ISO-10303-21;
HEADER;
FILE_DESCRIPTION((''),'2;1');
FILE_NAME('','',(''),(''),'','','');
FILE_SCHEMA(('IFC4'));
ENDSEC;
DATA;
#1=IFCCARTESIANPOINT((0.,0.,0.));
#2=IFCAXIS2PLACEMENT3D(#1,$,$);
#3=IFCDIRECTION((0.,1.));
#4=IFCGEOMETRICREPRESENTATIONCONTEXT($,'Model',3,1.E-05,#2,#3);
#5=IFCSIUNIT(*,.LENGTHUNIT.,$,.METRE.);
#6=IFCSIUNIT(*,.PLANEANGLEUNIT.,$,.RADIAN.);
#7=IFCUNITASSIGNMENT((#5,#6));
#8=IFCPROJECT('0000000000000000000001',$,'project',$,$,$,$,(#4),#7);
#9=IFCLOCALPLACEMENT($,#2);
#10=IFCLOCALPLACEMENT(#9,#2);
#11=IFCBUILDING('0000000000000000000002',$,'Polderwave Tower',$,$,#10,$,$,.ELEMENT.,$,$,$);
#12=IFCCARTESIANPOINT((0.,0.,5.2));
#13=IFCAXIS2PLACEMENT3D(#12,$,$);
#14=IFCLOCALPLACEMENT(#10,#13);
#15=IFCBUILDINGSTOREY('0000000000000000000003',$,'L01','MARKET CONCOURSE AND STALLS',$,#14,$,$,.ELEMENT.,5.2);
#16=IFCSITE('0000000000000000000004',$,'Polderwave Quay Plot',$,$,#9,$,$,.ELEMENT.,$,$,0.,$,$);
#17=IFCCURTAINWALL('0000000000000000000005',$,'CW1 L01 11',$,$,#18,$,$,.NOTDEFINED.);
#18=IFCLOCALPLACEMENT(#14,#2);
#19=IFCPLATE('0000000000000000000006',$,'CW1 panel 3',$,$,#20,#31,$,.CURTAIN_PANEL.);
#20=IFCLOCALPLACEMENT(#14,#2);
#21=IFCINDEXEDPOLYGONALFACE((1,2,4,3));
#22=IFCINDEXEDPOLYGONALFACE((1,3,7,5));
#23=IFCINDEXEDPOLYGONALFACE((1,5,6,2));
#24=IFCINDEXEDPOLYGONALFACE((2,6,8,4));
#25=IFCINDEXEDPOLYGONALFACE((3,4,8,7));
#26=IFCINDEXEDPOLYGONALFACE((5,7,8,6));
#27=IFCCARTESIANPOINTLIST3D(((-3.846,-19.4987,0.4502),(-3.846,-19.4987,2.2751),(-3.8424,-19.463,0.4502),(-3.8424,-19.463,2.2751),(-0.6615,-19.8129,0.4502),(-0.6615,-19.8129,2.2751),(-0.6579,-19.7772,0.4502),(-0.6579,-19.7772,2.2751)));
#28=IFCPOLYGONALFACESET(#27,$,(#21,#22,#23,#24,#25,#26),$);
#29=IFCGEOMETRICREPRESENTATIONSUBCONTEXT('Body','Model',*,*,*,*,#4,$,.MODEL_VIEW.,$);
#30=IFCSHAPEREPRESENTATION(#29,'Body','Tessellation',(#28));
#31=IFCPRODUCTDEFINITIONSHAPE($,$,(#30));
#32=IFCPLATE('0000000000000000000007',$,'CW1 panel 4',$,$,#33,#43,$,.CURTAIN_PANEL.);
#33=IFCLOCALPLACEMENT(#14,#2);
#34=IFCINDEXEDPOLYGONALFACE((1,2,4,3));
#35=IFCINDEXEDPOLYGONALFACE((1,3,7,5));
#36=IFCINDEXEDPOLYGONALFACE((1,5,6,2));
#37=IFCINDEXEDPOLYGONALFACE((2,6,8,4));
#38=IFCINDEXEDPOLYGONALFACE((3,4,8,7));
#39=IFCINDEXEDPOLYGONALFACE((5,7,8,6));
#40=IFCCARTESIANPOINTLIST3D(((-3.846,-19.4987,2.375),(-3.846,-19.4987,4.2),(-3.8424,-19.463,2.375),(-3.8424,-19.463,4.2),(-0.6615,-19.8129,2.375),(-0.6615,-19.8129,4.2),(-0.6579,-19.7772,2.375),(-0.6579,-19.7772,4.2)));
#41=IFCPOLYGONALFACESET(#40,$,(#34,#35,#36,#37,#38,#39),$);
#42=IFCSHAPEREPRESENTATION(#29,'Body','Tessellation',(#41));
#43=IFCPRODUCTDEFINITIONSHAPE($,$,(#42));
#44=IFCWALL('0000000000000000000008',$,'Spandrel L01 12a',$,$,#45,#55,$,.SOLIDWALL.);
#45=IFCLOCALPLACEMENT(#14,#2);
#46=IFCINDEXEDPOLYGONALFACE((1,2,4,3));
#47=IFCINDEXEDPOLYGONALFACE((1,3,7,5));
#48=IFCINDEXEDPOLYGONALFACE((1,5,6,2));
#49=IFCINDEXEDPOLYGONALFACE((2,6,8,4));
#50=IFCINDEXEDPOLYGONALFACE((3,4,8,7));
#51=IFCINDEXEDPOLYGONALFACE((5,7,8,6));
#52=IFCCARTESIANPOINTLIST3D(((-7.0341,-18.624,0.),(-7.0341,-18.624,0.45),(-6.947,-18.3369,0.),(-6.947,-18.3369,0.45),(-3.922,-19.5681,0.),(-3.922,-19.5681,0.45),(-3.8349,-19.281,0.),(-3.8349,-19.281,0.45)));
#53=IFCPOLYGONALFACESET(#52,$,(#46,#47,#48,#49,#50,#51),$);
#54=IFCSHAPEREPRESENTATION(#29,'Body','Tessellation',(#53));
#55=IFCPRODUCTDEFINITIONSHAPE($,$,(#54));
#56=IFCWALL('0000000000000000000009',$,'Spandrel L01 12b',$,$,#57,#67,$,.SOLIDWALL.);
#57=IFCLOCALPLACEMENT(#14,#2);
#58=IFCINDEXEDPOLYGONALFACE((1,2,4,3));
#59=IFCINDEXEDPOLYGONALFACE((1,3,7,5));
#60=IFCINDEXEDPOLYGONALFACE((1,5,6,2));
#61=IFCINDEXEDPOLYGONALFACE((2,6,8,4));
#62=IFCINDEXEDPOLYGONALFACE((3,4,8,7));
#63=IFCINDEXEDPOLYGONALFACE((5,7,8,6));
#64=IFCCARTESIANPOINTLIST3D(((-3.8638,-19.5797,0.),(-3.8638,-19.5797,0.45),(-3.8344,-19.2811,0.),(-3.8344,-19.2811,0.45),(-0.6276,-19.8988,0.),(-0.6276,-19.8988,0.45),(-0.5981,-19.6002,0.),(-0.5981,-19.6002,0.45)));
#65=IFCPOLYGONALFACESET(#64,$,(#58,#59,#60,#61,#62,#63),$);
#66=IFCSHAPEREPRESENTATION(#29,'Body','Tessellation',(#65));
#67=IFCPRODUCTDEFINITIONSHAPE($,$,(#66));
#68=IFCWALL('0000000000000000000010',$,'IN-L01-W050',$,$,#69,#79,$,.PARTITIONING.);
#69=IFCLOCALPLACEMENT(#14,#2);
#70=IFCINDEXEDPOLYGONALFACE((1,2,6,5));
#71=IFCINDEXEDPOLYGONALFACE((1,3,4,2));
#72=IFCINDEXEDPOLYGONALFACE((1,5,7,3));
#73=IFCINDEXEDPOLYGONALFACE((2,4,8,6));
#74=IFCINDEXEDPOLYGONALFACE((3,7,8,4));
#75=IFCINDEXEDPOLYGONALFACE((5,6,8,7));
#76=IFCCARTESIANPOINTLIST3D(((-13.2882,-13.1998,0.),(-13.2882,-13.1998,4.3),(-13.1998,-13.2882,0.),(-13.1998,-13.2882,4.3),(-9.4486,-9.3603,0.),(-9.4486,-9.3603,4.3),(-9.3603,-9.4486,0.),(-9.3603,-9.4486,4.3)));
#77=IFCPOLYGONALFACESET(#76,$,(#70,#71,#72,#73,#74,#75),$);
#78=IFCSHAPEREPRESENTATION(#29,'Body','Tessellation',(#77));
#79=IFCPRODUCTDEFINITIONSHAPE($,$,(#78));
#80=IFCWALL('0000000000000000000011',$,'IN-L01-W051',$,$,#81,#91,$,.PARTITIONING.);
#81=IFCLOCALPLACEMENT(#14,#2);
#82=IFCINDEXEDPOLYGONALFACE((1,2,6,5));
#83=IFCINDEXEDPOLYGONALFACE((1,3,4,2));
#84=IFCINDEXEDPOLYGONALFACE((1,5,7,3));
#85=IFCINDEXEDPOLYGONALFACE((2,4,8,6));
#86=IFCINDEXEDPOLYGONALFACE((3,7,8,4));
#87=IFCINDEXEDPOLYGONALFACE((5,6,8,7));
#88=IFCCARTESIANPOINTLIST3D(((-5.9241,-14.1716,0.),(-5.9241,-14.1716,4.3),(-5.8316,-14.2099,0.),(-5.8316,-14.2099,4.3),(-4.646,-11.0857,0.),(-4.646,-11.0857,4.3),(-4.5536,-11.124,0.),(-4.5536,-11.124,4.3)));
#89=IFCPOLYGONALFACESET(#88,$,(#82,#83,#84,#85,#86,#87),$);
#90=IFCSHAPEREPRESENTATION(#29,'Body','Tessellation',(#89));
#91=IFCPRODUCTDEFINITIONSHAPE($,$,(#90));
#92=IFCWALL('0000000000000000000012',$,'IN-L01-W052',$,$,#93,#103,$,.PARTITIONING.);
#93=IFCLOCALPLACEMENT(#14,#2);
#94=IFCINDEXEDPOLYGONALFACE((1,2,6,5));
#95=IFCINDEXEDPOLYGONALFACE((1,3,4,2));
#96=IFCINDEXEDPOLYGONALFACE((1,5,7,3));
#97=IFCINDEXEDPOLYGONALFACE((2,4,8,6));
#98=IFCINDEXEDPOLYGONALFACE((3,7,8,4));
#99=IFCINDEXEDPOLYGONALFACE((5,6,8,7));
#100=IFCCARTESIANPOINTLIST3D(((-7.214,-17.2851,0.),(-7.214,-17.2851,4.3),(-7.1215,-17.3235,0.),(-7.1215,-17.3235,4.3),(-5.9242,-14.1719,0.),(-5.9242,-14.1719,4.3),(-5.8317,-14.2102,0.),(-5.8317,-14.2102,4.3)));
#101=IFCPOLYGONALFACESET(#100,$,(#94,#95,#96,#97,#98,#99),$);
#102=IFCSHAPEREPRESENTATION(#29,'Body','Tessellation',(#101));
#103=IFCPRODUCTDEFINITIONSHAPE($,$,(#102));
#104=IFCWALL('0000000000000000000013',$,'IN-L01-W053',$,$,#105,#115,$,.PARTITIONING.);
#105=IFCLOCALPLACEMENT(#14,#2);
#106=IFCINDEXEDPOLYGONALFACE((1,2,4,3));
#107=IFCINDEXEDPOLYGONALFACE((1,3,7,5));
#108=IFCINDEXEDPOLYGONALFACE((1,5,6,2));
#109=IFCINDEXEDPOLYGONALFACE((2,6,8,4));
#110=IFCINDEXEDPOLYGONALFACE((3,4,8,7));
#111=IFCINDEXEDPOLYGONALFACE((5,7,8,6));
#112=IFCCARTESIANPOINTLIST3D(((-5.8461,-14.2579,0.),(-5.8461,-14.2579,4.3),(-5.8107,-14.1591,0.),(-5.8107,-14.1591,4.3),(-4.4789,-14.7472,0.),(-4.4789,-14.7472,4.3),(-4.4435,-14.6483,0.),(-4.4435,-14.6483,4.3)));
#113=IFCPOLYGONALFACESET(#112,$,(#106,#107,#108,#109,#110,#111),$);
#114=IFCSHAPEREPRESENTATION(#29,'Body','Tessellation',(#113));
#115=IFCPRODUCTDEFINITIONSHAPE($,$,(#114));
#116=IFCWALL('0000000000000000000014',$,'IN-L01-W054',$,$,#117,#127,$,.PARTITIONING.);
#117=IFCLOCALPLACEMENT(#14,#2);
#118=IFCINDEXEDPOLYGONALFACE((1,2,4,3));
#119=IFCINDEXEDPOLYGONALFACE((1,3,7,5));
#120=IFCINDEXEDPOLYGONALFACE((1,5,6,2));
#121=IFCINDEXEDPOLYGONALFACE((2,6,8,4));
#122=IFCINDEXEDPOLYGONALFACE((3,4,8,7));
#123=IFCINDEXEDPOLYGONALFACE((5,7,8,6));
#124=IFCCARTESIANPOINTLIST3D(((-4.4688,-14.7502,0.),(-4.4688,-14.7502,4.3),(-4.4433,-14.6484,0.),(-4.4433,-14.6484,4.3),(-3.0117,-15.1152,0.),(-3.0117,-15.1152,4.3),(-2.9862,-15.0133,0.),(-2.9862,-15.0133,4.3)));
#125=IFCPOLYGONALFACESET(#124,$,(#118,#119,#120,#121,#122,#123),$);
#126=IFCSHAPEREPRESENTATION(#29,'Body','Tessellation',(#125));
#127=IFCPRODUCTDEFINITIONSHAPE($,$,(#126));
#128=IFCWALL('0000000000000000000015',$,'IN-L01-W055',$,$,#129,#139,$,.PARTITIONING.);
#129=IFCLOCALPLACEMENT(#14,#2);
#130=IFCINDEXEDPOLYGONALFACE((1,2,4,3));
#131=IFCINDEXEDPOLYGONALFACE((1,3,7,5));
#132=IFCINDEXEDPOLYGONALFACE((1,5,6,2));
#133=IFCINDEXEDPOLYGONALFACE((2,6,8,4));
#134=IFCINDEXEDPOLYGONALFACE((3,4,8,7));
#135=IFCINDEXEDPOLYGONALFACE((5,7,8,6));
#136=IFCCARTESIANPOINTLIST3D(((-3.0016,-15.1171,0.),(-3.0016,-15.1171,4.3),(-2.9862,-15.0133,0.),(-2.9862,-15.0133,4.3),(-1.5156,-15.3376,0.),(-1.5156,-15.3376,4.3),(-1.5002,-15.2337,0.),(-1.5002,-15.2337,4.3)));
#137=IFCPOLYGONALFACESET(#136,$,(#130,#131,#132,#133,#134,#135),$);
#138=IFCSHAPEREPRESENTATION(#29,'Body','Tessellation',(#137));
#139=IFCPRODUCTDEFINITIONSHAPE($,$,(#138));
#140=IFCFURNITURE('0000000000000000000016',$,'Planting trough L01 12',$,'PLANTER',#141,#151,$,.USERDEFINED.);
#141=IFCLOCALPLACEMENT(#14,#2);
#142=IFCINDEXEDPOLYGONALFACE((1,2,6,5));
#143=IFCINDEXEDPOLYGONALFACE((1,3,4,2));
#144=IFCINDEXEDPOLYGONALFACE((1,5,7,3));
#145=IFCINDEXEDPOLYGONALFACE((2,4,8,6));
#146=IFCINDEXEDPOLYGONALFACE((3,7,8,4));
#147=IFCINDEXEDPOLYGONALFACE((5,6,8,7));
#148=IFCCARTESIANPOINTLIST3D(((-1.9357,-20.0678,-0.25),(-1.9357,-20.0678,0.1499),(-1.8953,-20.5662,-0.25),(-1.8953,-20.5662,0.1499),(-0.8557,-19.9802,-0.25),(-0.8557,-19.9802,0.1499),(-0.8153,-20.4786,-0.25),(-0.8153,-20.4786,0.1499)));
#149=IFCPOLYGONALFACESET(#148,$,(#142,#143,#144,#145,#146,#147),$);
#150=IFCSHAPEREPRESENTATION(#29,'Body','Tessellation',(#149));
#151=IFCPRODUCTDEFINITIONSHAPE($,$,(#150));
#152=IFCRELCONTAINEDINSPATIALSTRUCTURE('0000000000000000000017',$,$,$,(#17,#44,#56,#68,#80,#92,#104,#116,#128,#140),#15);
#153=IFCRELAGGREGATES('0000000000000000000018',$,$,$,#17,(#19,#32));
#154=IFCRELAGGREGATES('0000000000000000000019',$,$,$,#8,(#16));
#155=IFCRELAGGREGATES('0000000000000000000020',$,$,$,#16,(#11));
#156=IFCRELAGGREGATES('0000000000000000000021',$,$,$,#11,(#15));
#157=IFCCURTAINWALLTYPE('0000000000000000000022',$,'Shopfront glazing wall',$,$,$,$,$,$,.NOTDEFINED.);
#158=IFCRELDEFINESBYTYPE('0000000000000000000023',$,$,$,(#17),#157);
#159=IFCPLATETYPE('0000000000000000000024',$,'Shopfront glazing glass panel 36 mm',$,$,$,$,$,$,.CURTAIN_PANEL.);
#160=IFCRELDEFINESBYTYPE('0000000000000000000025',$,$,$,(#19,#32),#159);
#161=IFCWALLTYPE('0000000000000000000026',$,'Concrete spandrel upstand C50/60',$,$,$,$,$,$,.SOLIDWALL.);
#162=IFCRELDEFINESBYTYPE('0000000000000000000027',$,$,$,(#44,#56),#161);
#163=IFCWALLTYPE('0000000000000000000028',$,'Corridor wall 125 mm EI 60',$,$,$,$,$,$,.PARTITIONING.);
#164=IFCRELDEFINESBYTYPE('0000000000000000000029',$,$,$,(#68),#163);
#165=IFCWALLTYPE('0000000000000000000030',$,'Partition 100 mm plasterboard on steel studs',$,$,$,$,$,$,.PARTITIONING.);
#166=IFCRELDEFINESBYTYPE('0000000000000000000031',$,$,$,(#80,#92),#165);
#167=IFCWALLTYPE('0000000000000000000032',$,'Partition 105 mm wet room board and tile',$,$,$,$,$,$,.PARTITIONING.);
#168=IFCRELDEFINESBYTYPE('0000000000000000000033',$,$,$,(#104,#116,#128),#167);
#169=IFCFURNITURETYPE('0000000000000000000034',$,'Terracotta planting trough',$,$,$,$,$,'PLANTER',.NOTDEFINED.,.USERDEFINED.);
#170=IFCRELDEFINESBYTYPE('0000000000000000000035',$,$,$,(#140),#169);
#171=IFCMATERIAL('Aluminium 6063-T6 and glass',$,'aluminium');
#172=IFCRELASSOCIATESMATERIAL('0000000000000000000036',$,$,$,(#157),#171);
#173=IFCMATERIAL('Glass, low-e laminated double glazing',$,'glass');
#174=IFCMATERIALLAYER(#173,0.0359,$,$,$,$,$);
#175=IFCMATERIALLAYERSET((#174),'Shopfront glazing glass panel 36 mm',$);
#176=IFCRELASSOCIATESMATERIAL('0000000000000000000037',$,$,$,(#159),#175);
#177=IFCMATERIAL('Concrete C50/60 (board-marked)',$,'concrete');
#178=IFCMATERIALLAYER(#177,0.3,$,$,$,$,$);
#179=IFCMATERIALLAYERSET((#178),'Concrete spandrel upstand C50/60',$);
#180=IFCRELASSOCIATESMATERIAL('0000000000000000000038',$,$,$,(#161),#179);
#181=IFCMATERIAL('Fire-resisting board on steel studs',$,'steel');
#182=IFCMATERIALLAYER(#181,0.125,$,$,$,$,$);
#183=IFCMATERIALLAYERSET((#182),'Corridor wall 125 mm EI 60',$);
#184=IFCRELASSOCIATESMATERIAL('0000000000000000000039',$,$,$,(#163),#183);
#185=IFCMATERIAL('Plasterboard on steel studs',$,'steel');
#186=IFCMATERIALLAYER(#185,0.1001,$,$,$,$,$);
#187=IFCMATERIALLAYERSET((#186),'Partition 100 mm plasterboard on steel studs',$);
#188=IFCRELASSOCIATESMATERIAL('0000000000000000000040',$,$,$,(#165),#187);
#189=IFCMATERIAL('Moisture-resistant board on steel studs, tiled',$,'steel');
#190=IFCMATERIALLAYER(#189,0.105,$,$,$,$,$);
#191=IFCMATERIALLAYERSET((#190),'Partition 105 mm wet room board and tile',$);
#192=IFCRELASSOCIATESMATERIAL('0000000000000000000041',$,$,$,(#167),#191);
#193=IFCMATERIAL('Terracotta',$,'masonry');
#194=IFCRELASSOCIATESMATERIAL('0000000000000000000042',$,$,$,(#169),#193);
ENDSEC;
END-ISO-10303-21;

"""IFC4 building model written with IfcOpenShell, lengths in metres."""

from ifc_helpers import new_model, si_unit, direction, frame, frame_2d, origin, origin_2d, place, context, subcontext, project, spatial, rectangle, extrude, material, layer, layer_set, type_object, element, aggregate, save


model = new_model("IFC4")

# Units and contexts
model_context = context("Model", 3, precision=1e-05, world=origin(), true_north=direction((0.0, 1.0)))
body_context = subcontext(model_context, "Body", "Model", "MODEL_VIEW")
ifc_project = project(units=[si_unit("LENGTHUNIT", "METRE"), si_unit("PLANEANGLEUNIT", "RADIAN")], contexts=[model_context])

# Site, building, storey
site_placement = place(None, origin())
site = spatial("IfcSite", under=ifc_project, at=site_placement, Name="Polderwave Quay Plot", CompositionType="ELEMENT", RefElevation=0.0)
building_placement = place(site_placement, origin())
building = spatial("IfcBuilding", under=site, at=building_placement, Name="Polderwave Tower", CompositionType="ELEMENT")
storey_placement = place(building_placement, frame((0.0, 0.0, 5.2)))
storey = spatial("IfcBuildingStorey", under=building, at=storey_placement, Name="L01", Description="MARKET CONCOURSE AND STALLS", CompositionType="ELEMENT", Elevation=5.2)

# Shared definitions
ifc_material_1 = material(Name="Aluminium 6063-T6 and glass", Category="aluminium")
curtain_wall_type = type_object("IfcCurtainWallType", Name="Shopfront glazing wall", PredefinedType="NOTDEFINED", material=ifc_material_1)

# Curtain wall, plates
curtain_wall_1_placement = place(storey_placement, origin())
curtain_wall_1 = element("IfcCurtainWall", 1, at=curtain_wall_1_placement, inside=storey, type_object=curtain_wall_type, Name="CW1 L01 11", PredefinedType="NOTDEFINED")
ifc_material_2 = material(Name="Glass, low-e laminated double glazing", Category="glass")
ifc_layer_1 = layer(ifc_material_2, 0.0359)
ifc_layer_set_1 = layer_set([ifc_layer_1], Name="Shopfront glazing glass panel 36 mm")
plate_type = type_object("IfcPlateType", Name="Shopfront glazing glass panel 36 mm", PredefinedType="CURTAIN_PANEL", material=ifc_layer_set_1)
plate_1_placement = place(storey_placement, frame((-2.252, -19.6379, 0.4502), z_axis=(0.0, 0.0, 1.0), x_axis=(0.995169, -0.098179, 0.0)))
plate_1 = element("IfcPlate", 2, at=plate_1_placement, type_object=plate_type, Name="CW1 panel 3", PredefinedType="CURTAIN_PANEL", context=body_context, shape_type="SweptSolid", body=[
    extrude(rectangle(XDim=3.2, YDim=0.0359, at=origin_2d()), origin(), (0.0, 0.0, 1.0), 1.825),
])
plate_2_placement = place(storey_placement, frame((-2.252, -19.6379, 2.375), z_axis=(0.0, 0.0, 1.0), x_axis=(0.995169, -0.098179, 0.0)))
plate_2 = element("IfcPlate", 3, at=plate_2_placement, type_object=plate_type, Name="CW1 panel 4", PredefinedType="CURTAIN_PANEL", context=body_context, shape_type="SweptSolid", body=[
    extrude(rectangle(XDim=3.2, YDim=0.0359, at=origin_2d()), origin(), (0.0, 0.0, 1.0), 1.825),
])
aggregate(curtain_wall_1, [plate_1, plate_2])

# Walls
ifc_material_3 = material(Name="Concrete C50/60 (board-marked)", Category="concrete")
ifc_layer_2 = layer(ifc_material_3, 0.3)
ifc_layer_set_2 = layer_set([ifc_layer_2], Name="Concrete spandrel upstand C50/60")
wall_type_1 = type_object("IfcWallType", Name="Concrete spandrel upstand C50/60", PredefinedType="SOLIDWALL", material=ifc_layer_set_2)
wall_1_placement = place(storey_placement, frame((-6.9905, -18.4805, 0.0), z_axis=(0.0, 0.0, 1.0), x_axis=(0.956935, -0.290301, 0.0)))
element("IfcWall", 4, at=wall_1_placement, inside=storey, type_object=wall_type_1, Name="Spandrel L01 12a", PredefinedType="SOLIDWALL", context=body_context, shape_type="SweptSolid", body=[
    extrude(rectangle(XDim=3.2522, YDim=0.3, at=frame_2d((1.626, 0.0))), origin(), (0.0, 0.0, 1.0), 0.45),
])
wall_2_placement = place(storey_placement, frame((-3.8491, -19.4304, 0.0), z_axis=(0.0, 0.0, 1.0), x_axis=(0.995174, -0.098121, 0.0)))
element("IfcWall", 5, at=wall_2_placement, inside=storey, type_object=wall_type_1, Name="Spandrel L01 12b", PredefinedType="SOLIDWALL", context=body_context, shape_type="SweptSolid", body=[
    extrude(rectangle(XDim=3.252, YDim=0.3, at=frame_2d((1.626, 0.0))), origin(), (0.0, 0.0, 1.0), 0.45),
])
ifc_material_4 = material(Name="Fire-resisting board on steel studs", Category="steel")
ifc_layer_3 = layer(ifc_material_4, 0.125)
ifc_layer_set_3 = layer_set([ifc_layer_3], Name="Corridor wall 125 mm EI 60")
wall_type_2 = type_object("IfcWallType", Name="Corridor wall 125 mm EI 60", PredefinedType="PARTITIONING", material=ifc_layer_set_3)
wall_3_placement = place(storey_placement, frame((-9.4045, -9.4045, 0.0), z_axis=(0.0, 0.0, 1.0), x_axis=(-0.707107, -0.707107, 0.0)))
element("IfcWall", 6, at=wall_3_placement, inside=storey, type_object=wall_type_2, Name="IN-L01-W050", PredefinedType="PARTITIONING", context=body_context, shape_type="SweptSolid", body=[
    extrude(rectangle(XDim=5.4299, YDim=0.125, at=frame_2d((2.7148, 0.0))), origin(), (0.0, 0.0, 1.0), 4.3),
])
ifc_material_5 = material(Name="Plasterboard on steel studs", Category="steel")
ifc_layer_4 = layer(ifc_material_5, 0.1001)
ifc_layer_set_4 = layer_set([ifc_layer_4], Name="Partition 100 mm plasterboard on steel studs")
wall_type_3 = type_object("IfcWallType", Name="Partition 100 mm plasterboard on steel studs", PredefinedType="PARTITIONING", material=ifc_layer_set_4)
wall_4_placement = place(storey_placement, frame((-4.5999, -11.105, 0.0), z_axis=(0.0, 0.0, 1.0), x_axis=(-0.382642, -0.923897, 0.0)))
element("IfcWall", 7, at=wall_4_placement, inside=storey, type_object=wall_type_3, Name="IN-L01-W051", PredefinedType="PARTITIONING", context=body_context, shape_type="SweptSolid", body=[
    extrude(rectangle(XDim=3.3401, YDim=0.1001, at=frame_2d((1.6699, 0.0))), origin(), (0.0, 0.0, 1.0), 4.3),
])
wall_5_placement = place(storey_placement, frame((-5.8779, -14.1909, 0.0), z_axis=(0.0, 0.0, 1.0), x_axis=(-0.382742, -0.923855, 0.0)))
element("IfcWall", 8, at=wall_5_placement, inside=storey, type_object=wall_type_3, Name="IN-L01-W052", PredefinedType="PARTITIONING", context=body_context, shape_type="SweptSolid", body=[
    extrude(rectangle(XDim=3.3699, YDim=0.1001, at=frame_2d((1.6851, 0.0))), origin(), (0.0, 0.0, 1.0), 4.3),
])
ifc_material_6 = material(Name="Moisture-resistant board on steel studs, tiled", Category="steel")
ifc_layer_5 = layer(ifc_material_6, 0.105)
ifc_layer_set_5 = layer_set([ifc_layer_5], Name="Partition 105 mm wet room board and tile")
wall_type_4 = type_object("IfcWallType", Name="Partition 105 mm wet room board and tile", PredefinedType="PARTITIONING", material=ifc_layer_set_5)
wall_6_placement = place(storey_placement, frame((-4.4612, -14.6978, 0.0), z_axis=(0.0, 0.0, 1.0), x_axis=(-0.941529, 0.336933, 0.0)))
element("IfcWall", 9, at=wall_6_placement, inside=storey, type_object=wall_type_4, Name="IN-L01-W053", PredefinedType="PARTITIONING", context=body_context, shape_type="SweptSolid", body=[
    extrude(rectangle(XDim=1.4521, YDim=0.105, at=frame_2d((0.7261, 0.0))), origin(), (0.0, 0.0, 1.0), 4.3),
])
for number, where, z_axis, x_axis, name in (
    (10, (-2.999, -15.0642, 0.0), (0.0, 0.0, 1.0), (-0.970037, 0.242956, 0.0), "IN-L01-W054"),
    (11, (-1.5081, -15.2856, 0.0), (0.0, 0.0, 1.0), (-0.989171, 0.146767, 0.0), "IN-L01-W055"),
):
    element("IfcWall", number, at=place(storey_placement, frame(where, z_axis=z_axis, x_axis=x_axis)), inside=storey, type_object=wall_type_4, Name=name, PredefinedType="PARTITIONING", context=body_context, shape_type="SweptSolid", body=[
        extrude(rectangle(XDim=1.5022, YDim=0.105, at=frame_2d((0.751, 0.0))), origin(), (0.0, 0.0, 1.0), 4.3),
    ])

# Furniture
ifc_material_7 = material(Name="Terracotta", Category="masonry")
furniture_type = type_object("IfcFurnitureType", Name="Terracotta planting trough", ElementType="PLANTER", AssemblyPlace="NOTDEFINED", PredefinedType="USERDEFINED", material=ifc_material_7)
furniture_placement = place(storey_placement, frame((-1.3755, -20.2732, -0.25), z_axis=(0.0, 0.0, 1.0), x_axis=(0.99673, 0.080806, 0.0)))
element("IfcFurniture", 12, at=furniture_placement, inside=storey, type_object=furniture_type, Name="Planting trough L01 12", ObjectType="PLANTER", PredefinedType="USERDEFINED", context=body_context, shape_type="SweptSolid", body=[
    extrude(rectangle(XDim=1.0835, YDim=0.5, at=origin_2d()), origin(), (0.0, 0.0, 1.0), 0.3999),
])

save(model, "model.ifc")
